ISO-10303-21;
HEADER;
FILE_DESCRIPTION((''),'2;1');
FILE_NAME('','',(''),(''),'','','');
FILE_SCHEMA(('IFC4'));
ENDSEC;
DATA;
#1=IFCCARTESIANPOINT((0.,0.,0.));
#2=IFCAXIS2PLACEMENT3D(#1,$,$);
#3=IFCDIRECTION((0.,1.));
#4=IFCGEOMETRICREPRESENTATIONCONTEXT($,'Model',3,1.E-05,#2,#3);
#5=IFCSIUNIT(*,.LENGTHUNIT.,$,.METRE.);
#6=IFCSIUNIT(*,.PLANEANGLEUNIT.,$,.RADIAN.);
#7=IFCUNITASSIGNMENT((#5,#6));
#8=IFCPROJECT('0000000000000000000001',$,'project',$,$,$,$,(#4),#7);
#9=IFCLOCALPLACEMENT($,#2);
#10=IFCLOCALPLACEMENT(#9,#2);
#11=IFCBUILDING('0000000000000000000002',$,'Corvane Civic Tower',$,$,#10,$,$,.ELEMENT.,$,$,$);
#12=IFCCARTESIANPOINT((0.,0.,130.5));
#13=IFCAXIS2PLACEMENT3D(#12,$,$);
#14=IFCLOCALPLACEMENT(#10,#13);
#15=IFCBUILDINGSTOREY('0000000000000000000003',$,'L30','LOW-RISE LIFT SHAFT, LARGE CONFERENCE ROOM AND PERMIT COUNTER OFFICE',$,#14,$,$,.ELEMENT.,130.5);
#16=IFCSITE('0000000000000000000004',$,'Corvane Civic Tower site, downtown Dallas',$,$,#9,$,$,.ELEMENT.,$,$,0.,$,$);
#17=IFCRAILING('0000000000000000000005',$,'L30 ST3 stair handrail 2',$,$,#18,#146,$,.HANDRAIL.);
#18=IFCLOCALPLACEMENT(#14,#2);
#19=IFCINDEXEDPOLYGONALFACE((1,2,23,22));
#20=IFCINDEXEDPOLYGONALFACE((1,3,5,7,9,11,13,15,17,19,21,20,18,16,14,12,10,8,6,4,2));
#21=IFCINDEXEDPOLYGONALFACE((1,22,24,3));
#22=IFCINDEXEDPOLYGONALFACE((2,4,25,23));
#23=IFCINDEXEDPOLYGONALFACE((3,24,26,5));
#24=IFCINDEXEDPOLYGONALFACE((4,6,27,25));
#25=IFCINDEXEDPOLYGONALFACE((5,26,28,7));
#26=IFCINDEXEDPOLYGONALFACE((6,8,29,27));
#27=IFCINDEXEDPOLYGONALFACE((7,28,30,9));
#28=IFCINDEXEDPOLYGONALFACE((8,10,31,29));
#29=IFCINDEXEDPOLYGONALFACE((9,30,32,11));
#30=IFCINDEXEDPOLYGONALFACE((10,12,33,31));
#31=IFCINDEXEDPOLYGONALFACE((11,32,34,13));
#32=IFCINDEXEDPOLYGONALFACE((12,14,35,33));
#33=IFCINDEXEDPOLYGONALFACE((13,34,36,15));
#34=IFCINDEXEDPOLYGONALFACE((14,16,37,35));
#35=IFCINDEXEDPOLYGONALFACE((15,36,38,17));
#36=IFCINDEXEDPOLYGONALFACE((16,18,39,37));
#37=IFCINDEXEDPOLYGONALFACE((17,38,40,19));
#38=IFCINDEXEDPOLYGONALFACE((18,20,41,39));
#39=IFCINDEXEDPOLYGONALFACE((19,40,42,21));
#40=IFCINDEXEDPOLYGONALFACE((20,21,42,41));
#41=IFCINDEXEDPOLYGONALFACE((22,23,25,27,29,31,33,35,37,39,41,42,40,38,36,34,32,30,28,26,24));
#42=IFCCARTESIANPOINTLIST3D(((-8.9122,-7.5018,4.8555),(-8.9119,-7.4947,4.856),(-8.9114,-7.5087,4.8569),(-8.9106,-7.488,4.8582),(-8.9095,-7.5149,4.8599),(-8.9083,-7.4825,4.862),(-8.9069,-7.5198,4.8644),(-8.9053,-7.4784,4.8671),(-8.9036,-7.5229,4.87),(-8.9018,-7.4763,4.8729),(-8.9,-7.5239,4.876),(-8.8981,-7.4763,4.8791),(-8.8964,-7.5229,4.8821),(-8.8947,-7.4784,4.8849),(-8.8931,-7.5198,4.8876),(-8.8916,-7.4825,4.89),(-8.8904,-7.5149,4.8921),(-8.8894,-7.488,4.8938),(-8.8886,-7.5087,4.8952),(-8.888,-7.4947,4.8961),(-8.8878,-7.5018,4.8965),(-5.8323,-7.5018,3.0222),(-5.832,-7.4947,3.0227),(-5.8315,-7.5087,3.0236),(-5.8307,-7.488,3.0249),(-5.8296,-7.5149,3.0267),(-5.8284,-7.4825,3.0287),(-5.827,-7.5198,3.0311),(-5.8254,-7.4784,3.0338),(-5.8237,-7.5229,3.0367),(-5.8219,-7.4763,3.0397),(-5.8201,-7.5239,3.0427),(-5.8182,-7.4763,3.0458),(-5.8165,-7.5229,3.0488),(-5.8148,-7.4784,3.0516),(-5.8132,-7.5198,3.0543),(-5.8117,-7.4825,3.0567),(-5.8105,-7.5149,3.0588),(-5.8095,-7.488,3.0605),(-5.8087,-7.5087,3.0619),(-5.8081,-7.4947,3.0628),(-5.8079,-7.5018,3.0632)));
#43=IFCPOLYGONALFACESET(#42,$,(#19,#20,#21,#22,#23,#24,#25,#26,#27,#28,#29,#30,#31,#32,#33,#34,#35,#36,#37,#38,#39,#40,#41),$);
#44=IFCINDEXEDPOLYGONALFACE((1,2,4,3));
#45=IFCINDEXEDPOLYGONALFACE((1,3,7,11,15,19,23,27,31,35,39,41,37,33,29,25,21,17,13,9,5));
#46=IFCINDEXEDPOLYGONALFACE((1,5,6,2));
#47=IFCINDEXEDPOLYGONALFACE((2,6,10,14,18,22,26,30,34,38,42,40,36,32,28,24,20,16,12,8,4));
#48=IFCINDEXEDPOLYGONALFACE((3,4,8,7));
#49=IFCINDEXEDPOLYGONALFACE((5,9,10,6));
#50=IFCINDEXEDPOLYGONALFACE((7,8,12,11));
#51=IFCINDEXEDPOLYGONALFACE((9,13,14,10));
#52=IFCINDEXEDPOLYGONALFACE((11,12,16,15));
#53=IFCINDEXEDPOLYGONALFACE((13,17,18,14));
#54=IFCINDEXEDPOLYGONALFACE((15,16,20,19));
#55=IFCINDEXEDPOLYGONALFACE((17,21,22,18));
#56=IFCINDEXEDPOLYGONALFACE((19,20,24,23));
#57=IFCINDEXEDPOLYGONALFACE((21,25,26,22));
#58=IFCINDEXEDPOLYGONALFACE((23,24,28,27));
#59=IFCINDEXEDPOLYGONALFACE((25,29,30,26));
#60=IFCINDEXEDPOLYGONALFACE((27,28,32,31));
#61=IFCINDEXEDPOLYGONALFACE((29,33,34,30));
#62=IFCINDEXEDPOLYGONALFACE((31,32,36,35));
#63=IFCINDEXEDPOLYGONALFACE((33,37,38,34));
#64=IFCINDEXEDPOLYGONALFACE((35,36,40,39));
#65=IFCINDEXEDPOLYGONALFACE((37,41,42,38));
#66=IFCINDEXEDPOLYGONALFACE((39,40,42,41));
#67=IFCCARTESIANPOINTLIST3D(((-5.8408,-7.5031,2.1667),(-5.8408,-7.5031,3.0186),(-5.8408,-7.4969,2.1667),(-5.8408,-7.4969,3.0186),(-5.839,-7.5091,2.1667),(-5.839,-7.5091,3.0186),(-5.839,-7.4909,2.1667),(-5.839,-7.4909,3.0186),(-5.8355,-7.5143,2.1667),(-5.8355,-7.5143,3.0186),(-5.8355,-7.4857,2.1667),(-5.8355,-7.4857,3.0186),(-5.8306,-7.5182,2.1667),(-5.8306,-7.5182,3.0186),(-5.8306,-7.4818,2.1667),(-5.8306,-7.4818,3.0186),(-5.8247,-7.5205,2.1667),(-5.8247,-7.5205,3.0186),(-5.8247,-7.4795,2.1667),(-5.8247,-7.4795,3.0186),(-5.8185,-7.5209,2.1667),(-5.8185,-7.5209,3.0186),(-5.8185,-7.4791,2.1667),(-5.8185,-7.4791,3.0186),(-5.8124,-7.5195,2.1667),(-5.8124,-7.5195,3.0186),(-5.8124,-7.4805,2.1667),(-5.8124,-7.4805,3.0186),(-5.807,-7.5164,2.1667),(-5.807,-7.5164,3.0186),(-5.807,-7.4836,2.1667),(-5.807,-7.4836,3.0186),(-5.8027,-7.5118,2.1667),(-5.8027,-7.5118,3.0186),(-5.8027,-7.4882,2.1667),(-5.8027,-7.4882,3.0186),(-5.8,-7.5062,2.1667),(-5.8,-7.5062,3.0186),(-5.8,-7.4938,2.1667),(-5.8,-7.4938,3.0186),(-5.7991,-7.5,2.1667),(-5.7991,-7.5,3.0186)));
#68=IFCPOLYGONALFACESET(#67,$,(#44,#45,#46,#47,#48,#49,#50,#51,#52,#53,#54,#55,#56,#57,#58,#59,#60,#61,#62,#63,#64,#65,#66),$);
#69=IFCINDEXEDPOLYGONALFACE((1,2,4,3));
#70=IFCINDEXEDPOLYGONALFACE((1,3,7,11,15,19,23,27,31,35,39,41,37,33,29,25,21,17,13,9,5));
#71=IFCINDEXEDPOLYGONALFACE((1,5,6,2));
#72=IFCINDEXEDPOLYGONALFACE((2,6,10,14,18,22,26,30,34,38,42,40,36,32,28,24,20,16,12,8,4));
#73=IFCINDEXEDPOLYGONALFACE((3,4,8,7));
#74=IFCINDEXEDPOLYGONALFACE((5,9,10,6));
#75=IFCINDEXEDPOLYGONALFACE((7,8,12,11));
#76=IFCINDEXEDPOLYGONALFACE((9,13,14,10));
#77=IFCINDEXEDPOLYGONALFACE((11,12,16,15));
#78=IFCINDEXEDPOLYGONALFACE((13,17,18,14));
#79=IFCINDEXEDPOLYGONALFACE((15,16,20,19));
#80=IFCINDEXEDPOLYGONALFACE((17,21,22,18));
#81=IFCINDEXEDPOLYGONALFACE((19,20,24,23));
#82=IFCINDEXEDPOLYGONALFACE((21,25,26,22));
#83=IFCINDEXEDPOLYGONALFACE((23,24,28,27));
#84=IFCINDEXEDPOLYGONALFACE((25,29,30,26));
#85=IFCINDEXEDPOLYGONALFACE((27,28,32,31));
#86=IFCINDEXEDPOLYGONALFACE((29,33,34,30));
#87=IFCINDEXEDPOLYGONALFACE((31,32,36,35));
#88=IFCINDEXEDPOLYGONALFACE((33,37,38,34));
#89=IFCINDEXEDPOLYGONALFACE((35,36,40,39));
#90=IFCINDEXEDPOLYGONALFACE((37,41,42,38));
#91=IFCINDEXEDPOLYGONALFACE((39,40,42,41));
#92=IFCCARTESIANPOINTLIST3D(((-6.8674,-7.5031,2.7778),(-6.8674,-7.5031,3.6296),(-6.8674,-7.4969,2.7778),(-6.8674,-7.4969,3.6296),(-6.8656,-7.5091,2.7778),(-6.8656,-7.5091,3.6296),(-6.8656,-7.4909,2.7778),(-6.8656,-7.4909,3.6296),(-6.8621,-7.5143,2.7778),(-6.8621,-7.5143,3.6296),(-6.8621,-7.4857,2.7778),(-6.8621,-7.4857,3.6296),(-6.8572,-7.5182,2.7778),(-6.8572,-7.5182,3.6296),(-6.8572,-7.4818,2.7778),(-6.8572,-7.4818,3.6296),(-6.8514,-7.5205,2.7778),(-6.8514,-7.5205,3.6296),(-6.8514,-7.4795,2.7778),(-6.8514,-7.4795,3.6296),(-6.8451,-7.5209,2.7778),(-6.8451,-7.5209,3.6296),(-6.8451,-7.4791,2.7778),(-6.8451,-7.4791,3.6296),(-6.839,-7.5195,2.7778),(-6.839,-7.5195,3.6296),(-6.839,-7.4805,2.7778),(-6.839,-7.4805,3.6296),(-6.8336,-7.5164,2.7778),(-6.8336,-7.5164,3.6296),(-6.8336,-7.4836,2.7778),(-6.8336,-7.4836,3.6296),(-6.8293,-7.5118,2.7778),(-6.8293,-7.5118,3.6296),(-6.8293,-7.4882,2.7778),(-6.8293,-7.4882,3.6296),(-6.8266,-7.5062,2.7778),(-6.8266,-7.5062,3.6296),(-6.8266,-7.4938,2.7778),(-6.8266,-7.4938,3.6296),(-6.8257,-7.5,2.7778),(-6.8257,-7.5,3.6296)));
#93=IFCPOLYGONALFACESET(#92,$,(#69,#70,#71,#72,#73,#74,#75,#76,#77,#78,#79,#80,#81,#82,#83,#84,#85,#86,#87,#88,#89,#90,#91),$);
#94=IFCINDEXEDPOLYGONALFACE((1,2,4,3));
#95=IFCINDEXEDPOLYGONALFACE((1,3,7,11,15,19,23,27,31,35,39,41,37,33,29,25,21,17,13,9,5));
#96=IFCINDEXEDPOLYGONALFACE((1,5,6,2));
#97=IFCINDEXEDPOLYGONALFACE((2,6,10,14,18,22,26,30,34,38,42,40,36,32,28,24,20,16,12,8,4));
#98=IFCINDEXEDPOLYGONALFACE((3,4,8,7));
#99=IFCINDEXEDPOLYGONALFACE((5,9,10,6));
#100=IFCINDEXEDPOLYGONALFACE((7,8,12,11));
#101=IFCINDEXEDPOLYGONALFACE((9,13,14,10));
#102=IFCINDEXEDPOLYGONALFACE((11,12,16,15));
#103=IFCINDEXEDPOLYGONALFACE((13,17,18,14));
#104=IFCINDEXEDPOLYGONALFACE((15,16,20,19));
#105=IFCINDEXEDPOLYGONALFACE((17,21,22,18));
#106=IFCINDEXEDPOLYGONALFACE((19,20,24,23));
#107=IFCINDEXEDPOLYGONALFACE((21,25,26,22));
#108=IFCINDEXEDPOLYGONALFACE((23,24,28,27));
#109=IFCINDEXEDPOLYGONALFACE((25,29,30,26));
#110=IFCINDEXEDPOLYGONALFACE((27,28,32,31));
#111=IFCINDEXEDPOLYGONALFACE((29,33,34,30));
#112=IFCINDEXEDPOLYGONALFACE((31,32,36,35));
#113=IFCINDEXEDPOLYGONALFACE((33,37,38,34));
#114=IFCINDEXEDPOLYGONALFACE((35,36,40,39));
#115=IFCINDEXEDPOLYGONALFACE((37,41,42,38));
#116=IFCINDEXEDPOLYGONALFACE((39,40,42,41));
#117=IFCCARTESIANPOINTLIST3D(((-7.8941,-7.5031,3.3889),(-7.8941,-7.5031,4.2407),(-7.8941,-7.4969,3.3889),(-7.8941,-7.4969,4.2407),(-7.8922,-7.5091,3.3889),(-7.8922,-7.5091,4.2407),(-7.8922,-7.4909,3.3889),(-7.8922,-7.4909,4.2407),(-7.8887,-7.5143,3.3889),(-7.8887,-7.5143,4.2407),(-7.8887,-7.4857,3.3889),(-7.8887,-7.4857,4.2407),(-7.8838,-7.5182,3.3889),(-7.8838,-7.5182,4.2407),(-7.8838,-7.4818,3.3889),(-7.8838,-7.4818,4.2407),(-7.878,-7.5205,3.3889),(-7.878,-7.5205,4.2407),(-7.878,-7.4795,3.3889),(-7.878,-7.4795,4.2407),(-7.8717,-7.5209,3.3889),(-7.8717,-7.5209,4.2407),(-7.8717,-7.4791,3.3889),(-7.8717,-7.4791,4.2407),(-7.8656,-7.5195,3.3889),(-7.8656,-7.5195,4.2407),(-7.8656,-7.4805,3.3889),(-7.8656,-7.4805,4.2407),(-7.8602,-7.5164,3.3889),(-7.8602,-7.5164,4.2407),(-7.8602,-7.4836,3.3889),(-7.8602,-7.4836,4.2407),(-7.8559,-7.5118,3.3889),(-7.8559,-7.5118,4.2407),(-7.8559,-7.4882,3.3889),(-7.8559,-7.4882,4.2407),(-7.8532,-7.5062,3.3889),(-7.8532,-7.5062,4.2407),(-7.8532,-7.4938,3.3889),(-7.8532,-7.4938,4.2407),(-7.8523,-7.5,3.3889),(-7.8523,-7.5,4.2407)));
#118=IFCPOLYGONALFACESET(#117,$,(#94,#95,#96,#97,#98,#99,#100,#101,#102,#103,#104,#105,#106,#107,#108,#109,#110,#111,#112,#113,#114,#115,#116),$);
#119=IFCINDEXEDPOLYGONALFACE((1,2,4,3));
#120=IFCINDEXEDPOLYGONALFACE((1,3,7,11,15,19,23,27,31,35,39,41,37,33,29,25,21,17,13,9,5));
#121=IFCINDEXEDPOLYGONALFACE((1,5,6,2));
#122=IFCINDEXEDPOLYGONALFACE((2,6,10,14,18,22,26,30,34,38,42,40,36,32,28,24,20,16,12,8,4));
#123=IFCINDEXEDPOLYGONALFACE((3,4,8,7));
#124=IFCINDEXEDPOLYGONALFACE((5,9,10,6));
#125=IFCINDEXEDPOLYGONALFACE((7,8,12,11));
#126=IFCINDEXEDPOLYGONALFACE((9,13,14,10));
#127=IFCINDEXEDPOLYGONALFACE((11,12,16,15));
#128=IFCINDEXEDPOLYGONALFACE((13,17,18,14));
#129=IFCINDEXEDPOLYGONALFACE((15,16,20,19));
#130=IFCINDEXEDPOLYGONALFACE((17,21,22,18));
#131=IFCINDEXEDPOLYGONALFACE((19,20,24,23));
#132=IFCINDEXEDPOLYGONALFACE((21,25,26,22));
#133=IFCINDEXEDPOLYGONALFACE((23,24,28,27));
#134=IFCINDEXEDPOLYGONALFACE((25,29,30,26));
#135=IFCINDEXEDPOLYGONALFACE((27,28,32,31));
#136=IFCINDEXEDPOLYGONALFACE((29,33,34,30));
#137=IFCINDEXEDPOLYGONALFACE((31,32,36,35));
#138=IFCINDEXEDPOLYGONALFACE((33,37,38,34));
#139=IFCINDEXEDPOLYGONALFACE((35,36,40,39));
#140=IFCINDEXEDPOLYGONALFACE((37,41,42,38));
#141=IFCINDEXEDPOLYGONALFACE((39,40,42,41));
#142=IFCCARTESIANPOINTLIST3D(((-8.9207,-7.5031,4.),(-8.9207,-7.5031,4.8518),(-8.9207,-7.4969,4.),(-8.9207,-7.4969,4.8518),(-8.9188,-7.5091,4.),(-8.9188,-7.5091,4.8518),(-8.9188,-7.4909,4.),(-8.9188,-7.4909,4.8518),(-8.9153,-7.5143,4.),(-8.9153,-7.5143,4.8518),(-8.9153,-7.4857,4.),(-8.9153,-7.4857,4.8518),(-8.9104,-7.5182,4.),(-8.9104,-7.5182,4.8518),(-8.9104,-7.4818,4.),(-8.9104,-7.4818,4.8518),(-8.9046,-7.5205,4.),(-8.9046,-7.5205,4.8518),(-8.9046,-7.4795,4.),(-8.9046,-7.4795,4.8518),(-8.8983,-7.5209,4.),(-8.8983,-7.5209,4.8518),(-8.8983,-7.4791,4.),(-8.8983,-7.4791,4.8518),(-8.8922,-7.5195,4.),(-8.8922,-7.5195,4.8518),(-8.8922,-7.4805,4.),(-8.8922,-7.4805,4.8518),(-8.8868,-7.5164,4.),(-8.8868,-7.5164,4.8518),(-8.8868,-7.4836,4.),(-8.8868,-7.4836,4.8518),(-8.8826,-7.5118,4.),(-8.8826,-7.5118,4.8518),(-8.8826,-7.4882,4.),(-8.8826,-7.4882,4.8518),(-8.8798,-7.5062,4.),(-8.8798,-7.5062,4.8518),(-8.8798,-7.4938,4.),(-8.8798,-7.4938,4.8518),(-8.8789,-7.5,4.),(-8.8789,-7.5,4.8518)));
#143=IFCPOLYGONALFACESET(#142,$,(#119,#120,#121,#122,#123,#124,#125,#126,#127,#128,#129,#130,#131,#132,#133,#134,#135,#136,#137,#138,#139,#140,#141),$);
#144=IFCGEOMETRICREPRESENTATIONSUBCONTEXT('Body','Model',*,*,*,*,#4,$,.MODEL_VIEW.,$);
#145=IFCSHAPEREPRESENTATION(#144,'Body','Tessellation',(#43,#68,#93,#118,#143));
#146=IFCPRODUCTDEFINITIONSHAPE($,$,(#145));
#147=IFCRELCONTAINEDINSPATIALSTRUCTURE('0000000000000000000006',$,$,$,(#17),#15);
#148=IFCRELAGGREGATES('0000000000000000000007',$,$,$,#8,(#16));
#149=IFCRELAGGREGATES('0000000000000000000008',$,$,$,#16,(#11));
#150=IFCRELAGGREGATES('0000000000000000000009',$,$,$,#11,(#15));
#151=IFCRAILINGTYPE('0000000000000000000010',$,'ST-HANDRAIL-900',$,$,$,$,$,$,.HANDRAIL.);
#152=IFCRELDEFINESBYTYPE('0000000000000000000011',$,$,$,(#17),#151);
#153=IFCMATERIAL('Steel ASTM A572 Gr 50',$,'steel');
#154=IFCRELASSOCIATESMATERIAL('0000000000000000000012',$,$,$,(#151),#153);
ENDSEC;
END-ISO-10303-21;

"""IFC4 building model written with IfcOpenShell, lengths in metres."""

from ifc_helpers import new_model, si_unit, direction, frame, origin, origin_2d, place, context, subcontext, project, spatial, circle, extrude, material, type_object, element, save


model = new_model("IFC4")

# Units and contexts
model_context = context("Model", 3, precision=1e-05, world=origin(), true_north=direction((0.0, 1.0)))
body_context = subcontext(model_context, "Body", "Model", "MODEL_VIEW")
ifc_project = project(units=[si_unit("LENGTHUNIT", "METRE"), si_unit("PLANEANGLEUNIT", "RADIAN")], contexts=[model_context])

# Site, building, storey
site_placement = place(None, origin())
site = spatial("IfcSite", under=ifc_project, at=site_placement, Name="Corvane Civic Tower site, downtown Dallas", CompositionType="ELEMENT", RefElevation=0.0)
building_placement = place(site_placement, origin())
building = spatial("IfcBuilding", under=site, at=building_placement, Name="Corvane Civic Tower", CompositionType="ELEMENT")
storey_placement = place(building_placement, frame((0.0, 0.0, 130.5)))
storey = spatial("IfcBuildingStorey", under=building, at=storey_placement, Name="L30", Description="LOW-RISE LIFT SHAFT, LARGE CONFERENCE ROOM AND PERMIT COUNTER OFFICE", CompositionType="ELEMENT", Elevation=130.5)

# Railing
ifc_material_1 = material(Name="Steel ASTM A572 Gr 50", Category="steel")
railing_type_1 = type_object("IfcRailingType", Name="ST-HANDRAIL-900", PredefinedType="HANDRAIL", material=ifc_material_1)
railing_1_placement = place(storey_placement, frame((-5.8201, -7.5, 2.1667)))
element("IfcRailing", 1, at=railing_1_placement, inside=storey, type_object=railing_type_1, Name="L30 ST3 stair handrail 2", PredefinedType="HANDRAIL", context=body_context, shape_type="SweptSolid", body=[
    extrude(circle(Radius=0.0239, at=origin_2d()), frame((0.0, 0.0, 0.876), z_axis=(-0.859291, 0.0, 0.511487), x_axis=(0.0, -1.0, 0.0)), (0.0, 0.0, 1.0), 3.5842),
    extrude(circle(Radius=0.021, at=origin_2d()), origin(), (0.0, 0.0, 1.0), 0.8518),
    extrude(circle(Radius=0.021, at=origin_2d()), frame((-1.0266, 0.0, 0.6111)), (0.0, 0.0, 1.0), 0.8518),
    extrude(circle(Radius=0.021, at=origin_2d()), frame((-2.0532, 0.0, 1.2222)), (0.0, 0.0, 1.0), 0.8518),
    extrude(circle(Radius=0.021, at=origin_2d()), frame((-3.0798, 0.0, 1.8333)), (0.0, 0.0, 1.0), 0.8518),
])

save(model, "model.ifc")
